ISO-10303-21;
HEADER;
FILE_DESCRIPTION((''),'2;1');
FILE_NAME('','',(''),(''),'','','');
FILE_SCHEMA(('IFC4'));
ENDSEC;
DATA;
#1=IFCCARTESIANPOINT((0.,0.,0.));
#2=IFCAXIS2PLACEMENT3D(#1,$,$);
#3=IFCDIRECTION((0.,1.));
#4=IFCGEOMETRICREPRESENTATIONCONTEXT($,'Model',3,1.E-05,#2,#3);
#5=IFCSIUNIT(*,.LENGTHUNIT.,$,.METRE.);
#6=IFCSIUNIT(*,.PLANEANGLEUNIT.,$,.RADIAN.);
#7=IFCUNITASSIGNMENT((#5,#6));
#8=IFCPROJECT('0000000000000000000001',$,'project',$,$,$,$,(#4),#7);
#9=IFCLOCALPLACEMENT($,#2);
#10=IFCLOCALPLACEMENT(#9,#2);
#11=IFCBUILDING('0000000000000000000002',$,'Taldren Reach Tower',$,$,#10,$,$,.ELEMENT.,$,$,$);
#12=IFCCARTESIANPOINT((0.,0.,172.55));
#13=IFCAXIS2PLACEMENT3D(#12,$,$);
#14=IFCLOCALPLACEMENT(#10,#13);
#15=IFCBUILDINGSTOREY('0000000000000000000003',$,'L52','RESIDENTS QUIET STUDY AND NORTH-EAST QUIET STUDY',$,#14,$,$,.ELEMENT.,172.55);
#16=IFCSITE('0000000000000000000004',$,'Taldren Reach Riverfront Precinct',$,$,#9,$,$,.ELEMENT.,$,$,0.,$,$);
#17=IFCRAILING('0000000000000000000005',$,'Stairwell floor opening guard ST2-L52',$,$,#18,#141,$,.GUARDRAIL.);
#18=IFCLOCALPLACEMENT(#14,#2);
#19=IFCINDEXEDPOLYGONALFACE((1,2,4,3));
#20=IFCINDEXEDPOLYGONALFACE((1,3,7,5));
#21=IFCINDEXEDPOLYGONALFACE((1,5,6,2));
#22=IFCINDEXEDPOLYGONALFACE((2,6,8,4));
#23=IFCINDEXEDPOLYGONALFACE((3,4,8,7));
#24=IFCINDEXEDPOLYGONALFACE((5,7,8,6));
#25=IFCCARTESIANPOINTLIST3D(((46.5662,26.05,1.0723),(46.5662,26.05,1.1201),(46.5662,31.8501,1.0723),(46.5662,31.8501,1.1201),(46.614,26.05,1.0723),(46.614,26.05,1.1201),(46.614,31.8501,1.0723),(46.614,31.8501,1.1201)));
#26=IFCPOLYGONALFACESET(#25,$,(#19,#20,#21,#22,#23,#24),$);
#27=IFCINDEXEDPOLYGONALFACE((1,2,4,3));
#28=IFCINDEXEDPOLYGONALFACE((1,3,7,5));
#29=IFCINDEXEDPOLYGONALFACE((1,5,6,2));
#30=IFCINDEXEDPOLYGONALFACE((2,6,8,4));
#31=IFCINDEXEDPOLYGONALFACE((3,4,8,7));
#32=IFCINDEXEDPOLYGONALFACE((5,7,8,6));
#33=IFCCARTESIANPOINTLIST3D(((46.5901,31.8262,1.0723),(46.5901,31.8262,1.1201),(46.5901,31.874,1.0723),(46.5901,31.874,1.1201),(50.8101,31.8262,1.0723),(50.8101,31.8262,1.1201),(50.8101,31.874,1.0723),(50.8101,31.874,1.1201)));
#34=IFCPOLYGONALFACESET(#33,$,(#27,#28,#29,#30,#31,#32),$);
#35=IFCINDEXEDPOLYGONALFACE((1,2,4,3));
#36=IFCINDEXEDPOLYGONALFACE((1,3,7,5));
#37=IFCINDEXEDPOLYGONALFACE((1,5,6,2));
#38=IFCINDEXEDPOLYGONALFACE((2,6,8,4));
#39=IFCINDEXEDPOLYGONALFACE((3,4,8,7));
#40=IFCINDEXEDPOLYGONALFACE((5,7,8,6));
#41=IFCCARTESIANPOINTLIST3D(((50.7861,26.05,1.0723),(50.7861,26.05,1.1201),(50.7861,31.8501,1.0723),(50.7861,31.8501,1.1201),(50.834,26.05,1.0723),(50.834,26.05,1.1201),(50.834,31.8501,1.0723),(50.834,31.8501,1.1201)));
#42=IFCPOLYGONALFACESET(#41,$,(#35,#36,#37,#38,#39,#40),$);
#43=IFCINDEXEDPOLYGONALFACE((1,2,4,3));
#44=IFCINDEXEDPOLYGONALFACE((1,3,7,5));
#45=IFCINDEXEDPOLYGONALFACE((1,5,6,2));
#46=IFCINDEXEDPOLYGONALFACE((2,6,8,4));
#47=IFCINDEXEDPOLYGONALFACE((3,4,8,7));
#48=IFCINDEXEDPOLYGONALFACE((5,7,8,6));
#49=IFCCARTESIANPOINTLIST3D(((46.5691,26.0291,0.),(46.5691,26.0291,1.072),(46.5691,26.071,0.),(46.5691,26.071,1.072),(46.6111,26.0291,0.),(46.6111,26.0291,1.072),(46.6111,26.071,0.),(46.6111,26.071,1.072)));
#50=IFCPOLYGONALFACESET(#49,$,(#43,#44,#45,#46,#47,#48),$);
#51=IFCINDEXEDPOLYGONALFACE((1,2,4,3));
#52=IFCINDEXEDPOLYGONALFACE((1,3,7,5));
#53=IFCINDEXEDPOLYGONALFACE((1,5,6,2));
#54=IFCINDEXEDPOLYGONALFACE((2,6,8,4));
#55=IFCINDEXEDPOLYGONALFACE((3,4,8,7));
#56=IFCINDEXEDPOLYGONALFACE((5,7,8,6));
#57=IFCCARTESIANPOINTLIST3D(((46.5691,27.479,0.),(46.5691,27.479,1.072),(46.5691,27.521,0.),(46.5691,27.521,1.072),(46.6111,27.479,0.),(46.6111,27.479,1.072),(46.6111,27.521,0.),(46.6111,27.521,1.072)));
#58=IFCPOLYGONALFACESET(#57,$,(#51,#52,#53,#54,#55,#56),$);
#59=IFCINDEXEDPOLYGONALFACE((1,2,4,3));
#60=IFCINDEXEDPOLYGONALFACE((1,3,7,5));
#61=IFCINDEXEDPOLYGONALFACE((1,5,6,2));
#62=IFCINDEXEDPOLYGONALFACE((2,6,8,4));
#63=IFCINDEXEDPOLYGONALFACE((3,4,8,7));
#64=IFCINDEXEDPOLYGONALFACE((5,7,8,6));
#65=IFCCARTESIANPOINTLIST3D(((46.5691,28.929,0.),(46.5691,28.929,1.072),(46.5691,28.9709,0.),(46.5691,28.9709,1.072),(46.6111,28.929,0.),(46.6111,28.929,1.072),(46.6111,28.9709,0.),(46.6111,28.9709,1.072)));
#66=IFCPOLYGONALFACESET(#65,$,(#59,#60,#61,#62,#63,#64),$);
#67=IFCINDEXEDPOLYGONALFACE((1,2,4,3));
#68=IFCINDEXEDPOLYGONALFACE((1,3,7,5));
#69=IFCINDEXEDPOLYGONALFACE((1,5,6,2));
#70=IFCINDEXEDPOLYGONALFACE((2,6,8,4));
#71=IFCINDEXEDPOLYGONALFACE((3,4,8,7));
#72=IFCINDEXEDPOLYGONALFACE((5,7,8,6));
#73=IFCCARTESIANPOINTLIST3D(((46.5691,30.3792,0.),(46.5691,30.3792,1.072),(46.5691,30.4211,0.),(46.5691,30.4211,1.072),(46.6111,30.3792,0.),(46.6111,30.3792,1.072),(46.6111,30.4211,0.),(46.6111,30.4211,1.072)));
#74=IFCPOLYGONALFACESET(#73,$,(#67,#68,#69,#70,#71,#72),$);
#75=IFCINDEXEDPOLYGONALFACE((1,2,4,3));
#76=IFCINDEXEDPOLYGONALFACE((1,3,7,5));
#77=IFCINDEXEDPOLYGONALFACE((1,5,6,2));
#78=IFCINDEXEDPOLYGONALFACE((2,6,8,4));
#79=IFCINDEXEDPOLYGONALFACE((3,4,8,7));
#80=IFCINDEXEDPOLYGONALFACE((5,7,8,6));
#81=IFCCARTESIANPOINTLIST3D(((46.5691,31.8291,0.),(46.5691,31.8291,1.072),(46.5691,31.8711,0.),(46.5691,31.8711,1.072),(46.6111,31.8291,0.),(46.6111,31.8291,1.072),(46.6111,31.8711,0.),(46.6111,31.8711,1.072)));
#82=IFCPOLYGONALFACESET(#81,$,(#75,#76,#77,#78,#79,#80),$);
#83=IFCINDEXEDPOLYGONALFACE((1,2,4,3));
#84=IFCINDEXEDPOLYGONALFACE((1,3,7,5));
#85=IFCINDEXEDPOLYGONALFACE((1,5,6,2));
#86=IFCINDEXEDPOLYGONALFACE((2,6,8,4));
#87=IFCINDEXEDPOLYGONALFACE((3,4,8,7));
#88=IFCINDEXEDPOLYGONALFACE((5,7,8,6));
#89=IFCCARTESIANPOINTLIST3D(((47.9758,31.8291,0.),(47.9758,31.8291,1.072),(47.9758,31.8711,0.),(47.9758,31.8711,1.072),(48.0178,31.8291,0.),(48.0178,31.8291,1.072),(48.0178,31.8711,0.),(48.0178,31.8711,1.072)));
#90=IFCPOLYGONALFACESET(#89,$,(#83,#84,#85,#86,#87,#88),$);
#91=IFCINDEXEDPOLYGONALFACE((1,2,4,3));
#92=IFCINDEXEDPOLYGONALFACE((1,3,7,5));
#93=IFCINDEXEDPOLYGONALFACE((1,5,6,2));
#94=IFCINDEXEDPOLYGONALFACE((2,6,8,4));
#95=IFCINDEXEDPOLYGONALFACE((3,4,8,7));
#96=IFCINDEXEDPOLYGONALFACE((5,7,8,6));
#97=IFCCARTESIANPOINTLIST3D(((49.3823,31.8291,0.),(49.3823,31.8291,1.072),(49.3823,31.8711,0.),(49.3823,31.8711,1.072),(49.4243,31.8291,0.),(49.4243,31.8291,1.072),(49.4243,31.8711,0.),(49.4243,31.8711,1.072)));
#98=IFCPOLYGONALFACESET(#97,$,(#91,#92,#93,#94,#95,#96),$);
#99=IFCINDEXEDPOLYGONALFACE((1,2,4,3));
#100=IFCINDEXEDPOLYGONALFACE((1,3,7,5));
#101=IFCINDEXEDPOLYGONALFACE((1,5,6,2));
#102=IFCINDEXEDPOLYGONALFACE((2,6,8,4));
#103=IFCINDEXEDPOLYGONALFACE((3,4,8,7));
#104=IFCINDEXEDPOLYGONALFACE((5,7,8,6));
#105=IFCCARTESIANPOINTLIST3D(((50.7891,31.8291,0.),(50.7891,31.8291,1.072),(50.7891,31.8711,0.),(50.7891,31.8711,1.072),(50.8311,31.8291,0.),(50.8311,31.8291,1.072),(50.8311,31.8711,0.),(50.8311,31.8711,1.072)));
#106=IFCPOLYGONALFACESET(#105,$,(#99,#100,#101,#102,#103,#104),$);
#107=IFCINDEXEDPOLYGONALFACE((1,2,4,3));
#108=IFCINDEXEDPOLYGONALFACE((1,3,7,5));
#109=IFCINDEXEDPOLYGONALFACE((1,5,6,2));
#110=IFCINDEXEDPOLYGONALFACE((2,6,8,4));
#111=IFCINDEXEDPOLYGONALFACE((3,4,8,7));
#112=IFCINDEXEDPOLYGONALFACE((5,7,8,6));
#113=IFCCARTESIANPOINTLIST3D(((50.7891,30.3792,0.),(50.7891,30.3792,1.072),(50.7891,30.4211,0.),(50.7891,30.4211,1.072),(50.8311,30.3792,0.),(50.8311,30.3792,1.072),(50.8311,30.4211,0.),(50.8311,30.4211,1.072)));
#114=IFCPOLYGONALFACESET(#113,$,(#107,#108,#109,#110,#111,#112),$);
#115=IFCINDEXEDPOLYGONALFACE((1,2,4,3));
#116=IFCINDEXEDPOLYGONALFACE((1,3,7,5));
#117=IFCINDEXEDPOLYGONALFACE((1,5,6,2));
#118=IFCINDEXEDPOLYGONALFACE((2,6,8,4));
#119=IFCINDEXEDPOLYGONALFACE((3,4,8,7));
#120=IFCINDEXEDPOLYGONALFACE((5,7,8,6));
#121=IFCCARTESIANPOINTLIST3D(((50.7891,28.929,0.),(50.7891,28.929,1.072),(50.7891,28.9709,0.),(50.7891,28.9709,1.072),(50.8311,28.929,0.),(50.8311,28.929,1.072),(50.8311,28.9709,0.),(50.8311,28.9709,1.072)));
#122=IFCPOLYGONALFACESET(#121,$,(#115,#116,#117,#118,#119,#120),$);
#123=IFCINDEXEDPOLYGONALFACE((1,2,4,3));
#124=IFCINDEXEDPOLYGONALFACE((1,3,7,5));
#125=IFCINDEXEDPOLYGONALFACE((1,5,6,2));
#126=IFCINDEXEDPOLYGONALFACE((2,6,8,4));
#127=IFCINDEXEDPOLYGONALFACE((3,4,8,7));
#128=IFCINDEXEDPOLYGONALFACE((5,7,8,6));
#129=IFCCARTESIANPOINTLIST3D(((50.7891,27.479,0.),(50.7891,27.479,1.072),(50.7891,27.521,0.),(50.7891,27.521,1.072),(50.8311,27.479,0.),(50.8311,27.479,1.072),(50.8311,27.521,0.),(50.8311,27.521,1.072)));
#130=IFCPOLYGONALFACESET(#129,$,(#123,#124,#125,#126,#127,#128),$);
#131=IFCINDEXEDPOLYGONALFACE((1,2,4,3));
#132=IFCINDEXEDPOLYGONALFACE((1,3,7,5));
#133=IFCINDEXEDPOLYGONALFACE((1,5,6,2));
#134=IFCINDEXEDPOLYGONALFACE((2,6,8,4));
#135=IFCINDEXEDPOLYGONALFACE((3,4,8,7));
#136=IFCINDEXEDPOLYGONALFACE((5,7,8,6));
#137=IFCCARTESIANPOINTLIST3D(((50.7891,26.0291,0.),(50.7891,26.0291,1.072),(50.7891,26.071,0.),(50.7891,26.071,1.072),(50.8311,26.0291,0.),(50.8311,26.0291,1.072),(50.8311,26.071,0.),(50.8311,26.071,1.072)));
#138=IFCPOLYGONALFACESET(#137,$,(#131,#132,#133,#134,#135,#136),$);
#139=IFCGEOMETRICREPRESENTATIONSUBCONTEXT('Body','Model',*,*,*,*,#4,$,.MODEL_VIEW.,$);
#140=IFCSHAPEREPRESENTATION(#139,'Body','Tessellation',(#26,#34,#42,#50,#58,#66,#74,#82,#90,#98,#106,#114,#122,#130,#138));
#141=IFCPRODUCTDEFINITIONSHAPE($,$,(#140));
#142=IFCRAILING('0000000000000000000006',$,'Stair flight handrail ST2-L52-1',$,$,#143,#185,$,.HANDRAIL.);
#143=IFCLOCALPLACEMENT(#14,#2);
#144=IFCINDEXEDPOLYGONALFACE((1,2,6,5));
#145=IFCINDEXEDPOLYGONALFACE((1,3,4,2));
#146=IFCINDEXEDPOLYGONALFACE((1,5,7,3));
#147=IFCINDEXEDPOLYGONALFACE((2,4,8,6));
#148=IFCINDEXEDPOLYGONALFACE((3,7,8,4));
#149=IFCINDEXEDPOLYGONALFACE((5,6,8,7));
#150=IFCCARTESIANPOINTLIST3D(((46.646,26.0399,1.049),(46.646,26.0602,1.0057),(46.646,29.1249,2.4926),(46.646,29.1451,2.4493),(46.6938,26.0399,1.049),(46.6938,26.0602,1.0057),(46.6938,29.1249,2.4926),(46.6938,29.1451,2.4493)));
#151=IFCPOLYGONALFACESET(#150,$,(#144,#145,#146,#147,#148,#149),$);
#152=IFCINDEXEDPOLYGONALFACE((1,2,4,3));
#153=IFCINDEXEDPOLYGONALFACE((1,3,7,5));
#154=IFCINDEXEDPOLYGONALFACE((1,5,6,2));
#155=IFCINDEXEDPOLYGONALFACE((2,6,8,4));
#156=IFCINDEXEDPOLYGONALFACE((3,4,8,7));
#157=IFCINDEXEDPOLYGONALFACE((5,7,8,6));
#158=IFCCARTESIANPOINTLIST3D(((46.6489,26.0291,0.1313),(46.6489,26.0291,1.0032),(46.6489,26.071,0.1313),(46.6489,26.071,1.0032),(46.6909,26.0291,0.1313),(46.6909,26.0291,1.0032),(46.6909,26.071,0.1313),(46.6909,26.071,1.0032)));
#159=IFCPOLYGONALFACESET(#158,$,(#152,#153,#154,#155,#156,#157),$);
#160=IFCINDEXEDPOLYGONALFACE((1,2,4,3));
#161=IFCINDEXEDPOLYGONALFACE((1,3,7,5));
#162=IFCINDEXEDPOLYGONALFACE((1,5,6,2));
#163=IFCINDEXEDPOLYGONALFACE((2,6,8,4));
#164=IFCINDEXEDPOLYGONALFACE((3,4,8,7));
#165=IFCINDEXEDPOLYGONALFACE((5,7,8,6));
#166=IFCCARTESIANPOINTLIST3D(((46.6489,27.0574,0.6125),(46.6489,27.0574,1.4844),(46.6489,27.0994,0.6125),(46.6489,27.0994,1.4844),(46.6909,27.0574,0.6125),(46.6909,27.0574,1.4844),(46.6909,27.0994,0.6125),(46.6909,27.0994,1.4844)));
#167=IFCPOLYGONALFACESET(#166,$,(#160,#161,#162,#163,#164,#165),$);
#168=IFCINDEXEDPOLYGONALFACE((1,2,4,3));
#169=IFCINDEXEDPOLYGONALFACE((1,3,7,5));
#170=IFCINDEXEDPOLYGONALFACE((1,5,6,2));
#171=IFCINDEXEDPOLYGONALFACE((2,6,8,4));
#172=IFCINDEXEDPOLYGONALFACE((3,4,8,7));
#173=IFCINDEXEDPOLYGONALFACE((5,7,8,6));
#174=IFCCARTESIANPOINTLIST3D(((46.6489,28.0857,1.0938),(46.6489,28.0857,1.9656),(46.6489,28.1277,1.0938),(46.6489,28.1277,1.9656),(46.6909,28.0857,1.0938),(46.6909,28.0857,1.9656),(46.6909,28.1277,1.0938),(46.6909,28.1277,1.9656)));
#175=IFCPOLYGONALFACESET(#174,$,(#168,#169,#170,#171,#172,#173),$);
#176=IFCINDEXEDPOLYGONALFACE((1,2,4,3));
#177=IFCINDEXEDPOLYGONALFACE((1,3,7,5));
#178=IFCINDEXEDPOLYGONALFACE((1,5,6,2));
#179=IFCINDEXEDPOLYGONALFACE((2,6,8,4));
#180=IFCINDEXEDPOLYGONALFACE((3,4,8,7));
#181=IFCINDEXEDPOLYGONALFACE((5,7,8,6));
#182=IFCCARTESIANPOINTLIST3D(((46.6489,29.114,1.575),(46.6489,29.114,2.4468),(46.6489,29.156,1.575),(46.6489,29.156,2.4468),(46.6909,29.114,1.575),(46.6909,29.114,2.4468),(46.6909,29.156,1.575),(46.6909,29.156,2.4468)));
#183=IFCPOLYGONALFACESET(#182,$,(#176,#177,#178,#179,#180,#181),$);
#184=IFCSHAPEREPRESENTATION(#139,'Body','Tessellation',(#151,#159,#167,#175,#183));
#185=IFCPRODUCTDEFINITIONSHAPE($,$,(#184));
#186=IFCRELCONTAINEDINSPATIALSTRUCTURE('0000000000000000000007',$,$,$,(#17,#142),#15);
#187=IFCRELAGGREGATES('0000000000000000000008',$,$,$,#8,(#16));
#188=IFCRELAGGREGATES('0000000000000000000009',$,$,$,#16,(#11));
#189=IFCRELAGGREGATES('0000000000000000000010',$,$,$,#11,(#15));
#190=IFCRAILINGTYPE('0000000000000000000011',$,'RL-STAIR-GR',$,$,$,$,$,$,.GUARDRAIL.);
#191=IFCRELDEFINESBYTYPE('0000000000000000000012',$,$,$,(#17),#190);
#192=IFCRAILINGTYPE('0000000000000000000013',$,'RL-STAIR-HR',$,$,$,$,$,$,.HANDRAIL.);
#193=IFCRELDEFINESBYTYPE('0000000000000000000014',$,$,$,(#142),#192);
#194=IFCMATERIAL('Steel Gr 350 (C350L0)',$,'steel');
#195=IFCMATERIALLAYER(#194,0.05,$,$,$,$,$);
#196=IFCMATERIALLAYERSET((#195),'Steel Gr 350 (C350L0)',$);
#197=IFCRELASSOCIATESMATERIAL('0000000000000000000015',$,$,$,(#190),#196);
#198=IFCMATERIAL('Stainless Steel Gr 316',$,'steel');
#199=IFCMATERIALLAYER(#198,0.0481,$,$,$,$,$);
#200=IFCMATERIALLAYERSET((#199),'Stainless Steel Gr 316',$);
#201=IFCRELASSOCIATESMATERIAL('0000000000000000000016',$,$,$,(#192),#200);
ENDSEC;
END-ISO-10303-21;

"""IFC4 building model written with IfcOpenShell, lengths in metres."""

from ifc_helpers import new_model, si_unit, direction, frame, origin, origin_2d, place, context, subcontext, project, spatial, rectangle, extrude, material, layer, layer_set, type_object, element, save


model = new_model("IFC4")

# Units and contexts
model_context = context("Model", 3, precision=1e-05, world=origin(), true_north=direction((0.0, 1.0)))
body_context = subcontext(model_context, "Body", "Model", "MODEL_VIEW")
ifc_project = project(units=[si_unit("LENGTHUNIT", "METRE"), si_unit("PLANEANGLEUNIT", "RADIAN")], contexts=[model_context])

# Site, building, storey
site_placement = place(None, origin())
site = spatial("IfcSite", under=ifc_project, at=site_placement, Name="Taldren Reach Riverfront Precinct", CompositionType="ELEMENT", RefElevation=0.0)
building_placement = place(site_placement, origin())
building = spatial("IfcBuilding", under=site, at=building_placement, Name="Taldren Reach Tower", CompositionType="ELEMENT")
storey_placement = place(building_placement, frame((0.0, 0.0, 172.55)))
storey = spatial("IfcBuildingStorey", under=building, at=storey_placement, Name="L52", Description="RESIDENTS QUIET STUDY AND NORTH-EAST QUIET STUDY", CompositionType="ELEMENT", Elevation=172.55)

# Shared definitions
ifc_material_1 = material(Name="Steel Gr 350 (C350L0)", Category="steel")

# Railings
ifc_layer_1 = layer(ifc_material_1, 0.05)
ifc_layer_set_1 = layer_set([ifc_layer_1], Name="Steel Gr 350 (C350L0)")
railing_type_1 = type_object("IfcRailingType", Name="RL-STAIR-GR", PredefinedType="GUARDRAIL", material=ifc_layer_set_1)
railing_1_placement = place(storey_placement, frame((46.5901, 26.05, 0.0)))
element("IfcRailing", 1, at=railing_1_placement, inside=storey, type_object=railing_type_1, Name="Stairwell floor opening guard ST2-L52", PredefinedType="GUARDRAIL", context=body_context, shape_type="SweptSolid", body=[
    extrude(rectangle(XDim=0.0479, YDim=0.0479, at=origin_2d()), frame((0.0, 0.0, 1.0962), z_axis=(0.0, 1.0, 0.0), x_axis=(-1.0, 0.0, 0.0)), (0.0, 0.0, 1.0), 5.8),
    extrude(rectangle(XDim=0.0479, YDim=0.0479, at=origin_2d()), frame((0.0, 5.8, 1.0962), z_axis=(1.0, 0.0, 0.0), x_axis=(0.0, 1.0, 0.0)), (0.0, 0.0, 1.0), 4.22),
    extrude(rectangle(XDim=0.0479, YDim=0.0479, at=origin_2d()), frame((4.22, 5.8, 1.0962), z_axis=(0.0, -1.0, 0.0), x_axis=(1.0, 0.0, 0.0)), (0.0, 0.0, 1.0), 5.8),
    extrude(rectangle(XDim=0.042, YDim=0.042, at=origin_2d()), origin(), (0.0, 0.0, 1.0), 1.072),
    extrude(rectangle(XDim=0.042, YDim=0.042, at=origin_2d()), frame((0.0, 1.45, 0.0)), (0.0, 0.0, 1.0), 1.072),
    extrude(rectangle(XDim=0.042, YDim=0.042, at=origin_2d()), frame((0.0, 2.8999, 0.0)), (0.0, 0.0, 1.0), 1.072),
    extrude(rectangle(XDim=0.042, YDim=0.042, at=origin_2d()), frame((0.0, 4.3501, 0.0)), (0.0, 0.0, 1.0), 1.072),
    extrude(rectangle(XDim=0.042, YDim=0.042, at=origin_2d()), frame((0.0, 5.8, 0.0)), (0.0, 0.0, 1.0), 1.072),
    extrude(rectangle(XDim=0.042, YDim=0.042, at=origin_2d()), frame((1.4067, 5.8, 0.0)), (0.0, 0.0, 1.0), 1.072),
    extrude(rectangle(XDim=0.042, YDim=0.042, at=origin_2d()), frame((2.8132, 5.8, 0.0)), (0.0, 0.0, 1.0), 1.072),
    extrude(rectangle(XDim=0.042, YDim=0.042, at=origin_2d()), frame((4.22, 5.8, 0.0)), (0.0, 0.0, 1.0), 1.072),
    extrude(rectangle(XDim=0.042, YDim=0.042, at=origin_2d()), frame((4.22, 4.3501, 0.0)), (0.0, 0.0, 1.0), 1.072),
    extrude(rectangle(XDim=0.042, YDim=0.042, at=origin_2d()), frame((4.22, 2.8999, 0.0)), (0.0, 0.0, 1.0), 1.072),
    extrude(rectangle(XDim=0.042, YDim=0.042, at=origin_2d()), frame((4.22, 1.45, 0.0)), (0.0, 0.0, 1.0), 1.072),
    extrude(rectangle(XDim=0.042, YDim=0.042, at=origin_2d()), frame((4.22, 0.0, 0.0)), (0.0, 0.0, 1.0), 1.072),
])
ifc_material_2 = material(Name="Stainless Steel Gr 316", Category="steel")
ifc_layer_2 = layer(ifc_material_2, 0.0481)
ifc_layer_set_2 = layer_set([ifc_layer_2], Name="Stainless Steel Gr 316")
railing_type_2 = type_object("IfcRailingType", Name="RL-STAIR-HR", PredefinedType="HANDRAIL", material=ifc_layer_set_2)
railing_2_placement = place(storey_placement, frame((46.6699, 26.05, 0.1313)))
element("IfcRailing", 2, at=railing_2_placement, inside=storey, type_object=railing_type_2, Name="Stair flight handrail ST2-L52-1", PredefinedType="HANDRAIL", context=body_context, shape_type="SweptSolid", body=[
    extrude(rectangle(XDim=0.0479, YDim=0.0479, at=origin_2d()), frame((0.0, 0.0, 0.896), z_axis=(0.0, 0.905738, 0.423839), x_axis=(-1.0, 0.0, 0.0)), (0.0, 0.0, 1.0), 3.406),
    extrude(rectangle(XDim=0.042, YDim=0.042, at=origin_2d()), origin(), (0.0, 0.0, 1.0), 0.8718),
    extrude(rectangle(XDim=0.042, YDim=0.042, at=origin_2d()), frame((0.0, 1.0283, 0.4812)), (0.0, 0.0, 1.0), 0.8718),
    extrude(rectangle(XDim=0.042, YDim=0.042, at=origin_2d()), frame((0.0, 2.0566, 0.9624)), (0.0, 0.0, 1.0), 0.8718),
    extrude(rectangle(XDim=0.042, YDim=0.042, at=origin_2d()), frame((0.0, 3.085, 1.4436)), (0.0, 0.0, 1.0), 0.8718),
])

save(model, "model.ifc")
